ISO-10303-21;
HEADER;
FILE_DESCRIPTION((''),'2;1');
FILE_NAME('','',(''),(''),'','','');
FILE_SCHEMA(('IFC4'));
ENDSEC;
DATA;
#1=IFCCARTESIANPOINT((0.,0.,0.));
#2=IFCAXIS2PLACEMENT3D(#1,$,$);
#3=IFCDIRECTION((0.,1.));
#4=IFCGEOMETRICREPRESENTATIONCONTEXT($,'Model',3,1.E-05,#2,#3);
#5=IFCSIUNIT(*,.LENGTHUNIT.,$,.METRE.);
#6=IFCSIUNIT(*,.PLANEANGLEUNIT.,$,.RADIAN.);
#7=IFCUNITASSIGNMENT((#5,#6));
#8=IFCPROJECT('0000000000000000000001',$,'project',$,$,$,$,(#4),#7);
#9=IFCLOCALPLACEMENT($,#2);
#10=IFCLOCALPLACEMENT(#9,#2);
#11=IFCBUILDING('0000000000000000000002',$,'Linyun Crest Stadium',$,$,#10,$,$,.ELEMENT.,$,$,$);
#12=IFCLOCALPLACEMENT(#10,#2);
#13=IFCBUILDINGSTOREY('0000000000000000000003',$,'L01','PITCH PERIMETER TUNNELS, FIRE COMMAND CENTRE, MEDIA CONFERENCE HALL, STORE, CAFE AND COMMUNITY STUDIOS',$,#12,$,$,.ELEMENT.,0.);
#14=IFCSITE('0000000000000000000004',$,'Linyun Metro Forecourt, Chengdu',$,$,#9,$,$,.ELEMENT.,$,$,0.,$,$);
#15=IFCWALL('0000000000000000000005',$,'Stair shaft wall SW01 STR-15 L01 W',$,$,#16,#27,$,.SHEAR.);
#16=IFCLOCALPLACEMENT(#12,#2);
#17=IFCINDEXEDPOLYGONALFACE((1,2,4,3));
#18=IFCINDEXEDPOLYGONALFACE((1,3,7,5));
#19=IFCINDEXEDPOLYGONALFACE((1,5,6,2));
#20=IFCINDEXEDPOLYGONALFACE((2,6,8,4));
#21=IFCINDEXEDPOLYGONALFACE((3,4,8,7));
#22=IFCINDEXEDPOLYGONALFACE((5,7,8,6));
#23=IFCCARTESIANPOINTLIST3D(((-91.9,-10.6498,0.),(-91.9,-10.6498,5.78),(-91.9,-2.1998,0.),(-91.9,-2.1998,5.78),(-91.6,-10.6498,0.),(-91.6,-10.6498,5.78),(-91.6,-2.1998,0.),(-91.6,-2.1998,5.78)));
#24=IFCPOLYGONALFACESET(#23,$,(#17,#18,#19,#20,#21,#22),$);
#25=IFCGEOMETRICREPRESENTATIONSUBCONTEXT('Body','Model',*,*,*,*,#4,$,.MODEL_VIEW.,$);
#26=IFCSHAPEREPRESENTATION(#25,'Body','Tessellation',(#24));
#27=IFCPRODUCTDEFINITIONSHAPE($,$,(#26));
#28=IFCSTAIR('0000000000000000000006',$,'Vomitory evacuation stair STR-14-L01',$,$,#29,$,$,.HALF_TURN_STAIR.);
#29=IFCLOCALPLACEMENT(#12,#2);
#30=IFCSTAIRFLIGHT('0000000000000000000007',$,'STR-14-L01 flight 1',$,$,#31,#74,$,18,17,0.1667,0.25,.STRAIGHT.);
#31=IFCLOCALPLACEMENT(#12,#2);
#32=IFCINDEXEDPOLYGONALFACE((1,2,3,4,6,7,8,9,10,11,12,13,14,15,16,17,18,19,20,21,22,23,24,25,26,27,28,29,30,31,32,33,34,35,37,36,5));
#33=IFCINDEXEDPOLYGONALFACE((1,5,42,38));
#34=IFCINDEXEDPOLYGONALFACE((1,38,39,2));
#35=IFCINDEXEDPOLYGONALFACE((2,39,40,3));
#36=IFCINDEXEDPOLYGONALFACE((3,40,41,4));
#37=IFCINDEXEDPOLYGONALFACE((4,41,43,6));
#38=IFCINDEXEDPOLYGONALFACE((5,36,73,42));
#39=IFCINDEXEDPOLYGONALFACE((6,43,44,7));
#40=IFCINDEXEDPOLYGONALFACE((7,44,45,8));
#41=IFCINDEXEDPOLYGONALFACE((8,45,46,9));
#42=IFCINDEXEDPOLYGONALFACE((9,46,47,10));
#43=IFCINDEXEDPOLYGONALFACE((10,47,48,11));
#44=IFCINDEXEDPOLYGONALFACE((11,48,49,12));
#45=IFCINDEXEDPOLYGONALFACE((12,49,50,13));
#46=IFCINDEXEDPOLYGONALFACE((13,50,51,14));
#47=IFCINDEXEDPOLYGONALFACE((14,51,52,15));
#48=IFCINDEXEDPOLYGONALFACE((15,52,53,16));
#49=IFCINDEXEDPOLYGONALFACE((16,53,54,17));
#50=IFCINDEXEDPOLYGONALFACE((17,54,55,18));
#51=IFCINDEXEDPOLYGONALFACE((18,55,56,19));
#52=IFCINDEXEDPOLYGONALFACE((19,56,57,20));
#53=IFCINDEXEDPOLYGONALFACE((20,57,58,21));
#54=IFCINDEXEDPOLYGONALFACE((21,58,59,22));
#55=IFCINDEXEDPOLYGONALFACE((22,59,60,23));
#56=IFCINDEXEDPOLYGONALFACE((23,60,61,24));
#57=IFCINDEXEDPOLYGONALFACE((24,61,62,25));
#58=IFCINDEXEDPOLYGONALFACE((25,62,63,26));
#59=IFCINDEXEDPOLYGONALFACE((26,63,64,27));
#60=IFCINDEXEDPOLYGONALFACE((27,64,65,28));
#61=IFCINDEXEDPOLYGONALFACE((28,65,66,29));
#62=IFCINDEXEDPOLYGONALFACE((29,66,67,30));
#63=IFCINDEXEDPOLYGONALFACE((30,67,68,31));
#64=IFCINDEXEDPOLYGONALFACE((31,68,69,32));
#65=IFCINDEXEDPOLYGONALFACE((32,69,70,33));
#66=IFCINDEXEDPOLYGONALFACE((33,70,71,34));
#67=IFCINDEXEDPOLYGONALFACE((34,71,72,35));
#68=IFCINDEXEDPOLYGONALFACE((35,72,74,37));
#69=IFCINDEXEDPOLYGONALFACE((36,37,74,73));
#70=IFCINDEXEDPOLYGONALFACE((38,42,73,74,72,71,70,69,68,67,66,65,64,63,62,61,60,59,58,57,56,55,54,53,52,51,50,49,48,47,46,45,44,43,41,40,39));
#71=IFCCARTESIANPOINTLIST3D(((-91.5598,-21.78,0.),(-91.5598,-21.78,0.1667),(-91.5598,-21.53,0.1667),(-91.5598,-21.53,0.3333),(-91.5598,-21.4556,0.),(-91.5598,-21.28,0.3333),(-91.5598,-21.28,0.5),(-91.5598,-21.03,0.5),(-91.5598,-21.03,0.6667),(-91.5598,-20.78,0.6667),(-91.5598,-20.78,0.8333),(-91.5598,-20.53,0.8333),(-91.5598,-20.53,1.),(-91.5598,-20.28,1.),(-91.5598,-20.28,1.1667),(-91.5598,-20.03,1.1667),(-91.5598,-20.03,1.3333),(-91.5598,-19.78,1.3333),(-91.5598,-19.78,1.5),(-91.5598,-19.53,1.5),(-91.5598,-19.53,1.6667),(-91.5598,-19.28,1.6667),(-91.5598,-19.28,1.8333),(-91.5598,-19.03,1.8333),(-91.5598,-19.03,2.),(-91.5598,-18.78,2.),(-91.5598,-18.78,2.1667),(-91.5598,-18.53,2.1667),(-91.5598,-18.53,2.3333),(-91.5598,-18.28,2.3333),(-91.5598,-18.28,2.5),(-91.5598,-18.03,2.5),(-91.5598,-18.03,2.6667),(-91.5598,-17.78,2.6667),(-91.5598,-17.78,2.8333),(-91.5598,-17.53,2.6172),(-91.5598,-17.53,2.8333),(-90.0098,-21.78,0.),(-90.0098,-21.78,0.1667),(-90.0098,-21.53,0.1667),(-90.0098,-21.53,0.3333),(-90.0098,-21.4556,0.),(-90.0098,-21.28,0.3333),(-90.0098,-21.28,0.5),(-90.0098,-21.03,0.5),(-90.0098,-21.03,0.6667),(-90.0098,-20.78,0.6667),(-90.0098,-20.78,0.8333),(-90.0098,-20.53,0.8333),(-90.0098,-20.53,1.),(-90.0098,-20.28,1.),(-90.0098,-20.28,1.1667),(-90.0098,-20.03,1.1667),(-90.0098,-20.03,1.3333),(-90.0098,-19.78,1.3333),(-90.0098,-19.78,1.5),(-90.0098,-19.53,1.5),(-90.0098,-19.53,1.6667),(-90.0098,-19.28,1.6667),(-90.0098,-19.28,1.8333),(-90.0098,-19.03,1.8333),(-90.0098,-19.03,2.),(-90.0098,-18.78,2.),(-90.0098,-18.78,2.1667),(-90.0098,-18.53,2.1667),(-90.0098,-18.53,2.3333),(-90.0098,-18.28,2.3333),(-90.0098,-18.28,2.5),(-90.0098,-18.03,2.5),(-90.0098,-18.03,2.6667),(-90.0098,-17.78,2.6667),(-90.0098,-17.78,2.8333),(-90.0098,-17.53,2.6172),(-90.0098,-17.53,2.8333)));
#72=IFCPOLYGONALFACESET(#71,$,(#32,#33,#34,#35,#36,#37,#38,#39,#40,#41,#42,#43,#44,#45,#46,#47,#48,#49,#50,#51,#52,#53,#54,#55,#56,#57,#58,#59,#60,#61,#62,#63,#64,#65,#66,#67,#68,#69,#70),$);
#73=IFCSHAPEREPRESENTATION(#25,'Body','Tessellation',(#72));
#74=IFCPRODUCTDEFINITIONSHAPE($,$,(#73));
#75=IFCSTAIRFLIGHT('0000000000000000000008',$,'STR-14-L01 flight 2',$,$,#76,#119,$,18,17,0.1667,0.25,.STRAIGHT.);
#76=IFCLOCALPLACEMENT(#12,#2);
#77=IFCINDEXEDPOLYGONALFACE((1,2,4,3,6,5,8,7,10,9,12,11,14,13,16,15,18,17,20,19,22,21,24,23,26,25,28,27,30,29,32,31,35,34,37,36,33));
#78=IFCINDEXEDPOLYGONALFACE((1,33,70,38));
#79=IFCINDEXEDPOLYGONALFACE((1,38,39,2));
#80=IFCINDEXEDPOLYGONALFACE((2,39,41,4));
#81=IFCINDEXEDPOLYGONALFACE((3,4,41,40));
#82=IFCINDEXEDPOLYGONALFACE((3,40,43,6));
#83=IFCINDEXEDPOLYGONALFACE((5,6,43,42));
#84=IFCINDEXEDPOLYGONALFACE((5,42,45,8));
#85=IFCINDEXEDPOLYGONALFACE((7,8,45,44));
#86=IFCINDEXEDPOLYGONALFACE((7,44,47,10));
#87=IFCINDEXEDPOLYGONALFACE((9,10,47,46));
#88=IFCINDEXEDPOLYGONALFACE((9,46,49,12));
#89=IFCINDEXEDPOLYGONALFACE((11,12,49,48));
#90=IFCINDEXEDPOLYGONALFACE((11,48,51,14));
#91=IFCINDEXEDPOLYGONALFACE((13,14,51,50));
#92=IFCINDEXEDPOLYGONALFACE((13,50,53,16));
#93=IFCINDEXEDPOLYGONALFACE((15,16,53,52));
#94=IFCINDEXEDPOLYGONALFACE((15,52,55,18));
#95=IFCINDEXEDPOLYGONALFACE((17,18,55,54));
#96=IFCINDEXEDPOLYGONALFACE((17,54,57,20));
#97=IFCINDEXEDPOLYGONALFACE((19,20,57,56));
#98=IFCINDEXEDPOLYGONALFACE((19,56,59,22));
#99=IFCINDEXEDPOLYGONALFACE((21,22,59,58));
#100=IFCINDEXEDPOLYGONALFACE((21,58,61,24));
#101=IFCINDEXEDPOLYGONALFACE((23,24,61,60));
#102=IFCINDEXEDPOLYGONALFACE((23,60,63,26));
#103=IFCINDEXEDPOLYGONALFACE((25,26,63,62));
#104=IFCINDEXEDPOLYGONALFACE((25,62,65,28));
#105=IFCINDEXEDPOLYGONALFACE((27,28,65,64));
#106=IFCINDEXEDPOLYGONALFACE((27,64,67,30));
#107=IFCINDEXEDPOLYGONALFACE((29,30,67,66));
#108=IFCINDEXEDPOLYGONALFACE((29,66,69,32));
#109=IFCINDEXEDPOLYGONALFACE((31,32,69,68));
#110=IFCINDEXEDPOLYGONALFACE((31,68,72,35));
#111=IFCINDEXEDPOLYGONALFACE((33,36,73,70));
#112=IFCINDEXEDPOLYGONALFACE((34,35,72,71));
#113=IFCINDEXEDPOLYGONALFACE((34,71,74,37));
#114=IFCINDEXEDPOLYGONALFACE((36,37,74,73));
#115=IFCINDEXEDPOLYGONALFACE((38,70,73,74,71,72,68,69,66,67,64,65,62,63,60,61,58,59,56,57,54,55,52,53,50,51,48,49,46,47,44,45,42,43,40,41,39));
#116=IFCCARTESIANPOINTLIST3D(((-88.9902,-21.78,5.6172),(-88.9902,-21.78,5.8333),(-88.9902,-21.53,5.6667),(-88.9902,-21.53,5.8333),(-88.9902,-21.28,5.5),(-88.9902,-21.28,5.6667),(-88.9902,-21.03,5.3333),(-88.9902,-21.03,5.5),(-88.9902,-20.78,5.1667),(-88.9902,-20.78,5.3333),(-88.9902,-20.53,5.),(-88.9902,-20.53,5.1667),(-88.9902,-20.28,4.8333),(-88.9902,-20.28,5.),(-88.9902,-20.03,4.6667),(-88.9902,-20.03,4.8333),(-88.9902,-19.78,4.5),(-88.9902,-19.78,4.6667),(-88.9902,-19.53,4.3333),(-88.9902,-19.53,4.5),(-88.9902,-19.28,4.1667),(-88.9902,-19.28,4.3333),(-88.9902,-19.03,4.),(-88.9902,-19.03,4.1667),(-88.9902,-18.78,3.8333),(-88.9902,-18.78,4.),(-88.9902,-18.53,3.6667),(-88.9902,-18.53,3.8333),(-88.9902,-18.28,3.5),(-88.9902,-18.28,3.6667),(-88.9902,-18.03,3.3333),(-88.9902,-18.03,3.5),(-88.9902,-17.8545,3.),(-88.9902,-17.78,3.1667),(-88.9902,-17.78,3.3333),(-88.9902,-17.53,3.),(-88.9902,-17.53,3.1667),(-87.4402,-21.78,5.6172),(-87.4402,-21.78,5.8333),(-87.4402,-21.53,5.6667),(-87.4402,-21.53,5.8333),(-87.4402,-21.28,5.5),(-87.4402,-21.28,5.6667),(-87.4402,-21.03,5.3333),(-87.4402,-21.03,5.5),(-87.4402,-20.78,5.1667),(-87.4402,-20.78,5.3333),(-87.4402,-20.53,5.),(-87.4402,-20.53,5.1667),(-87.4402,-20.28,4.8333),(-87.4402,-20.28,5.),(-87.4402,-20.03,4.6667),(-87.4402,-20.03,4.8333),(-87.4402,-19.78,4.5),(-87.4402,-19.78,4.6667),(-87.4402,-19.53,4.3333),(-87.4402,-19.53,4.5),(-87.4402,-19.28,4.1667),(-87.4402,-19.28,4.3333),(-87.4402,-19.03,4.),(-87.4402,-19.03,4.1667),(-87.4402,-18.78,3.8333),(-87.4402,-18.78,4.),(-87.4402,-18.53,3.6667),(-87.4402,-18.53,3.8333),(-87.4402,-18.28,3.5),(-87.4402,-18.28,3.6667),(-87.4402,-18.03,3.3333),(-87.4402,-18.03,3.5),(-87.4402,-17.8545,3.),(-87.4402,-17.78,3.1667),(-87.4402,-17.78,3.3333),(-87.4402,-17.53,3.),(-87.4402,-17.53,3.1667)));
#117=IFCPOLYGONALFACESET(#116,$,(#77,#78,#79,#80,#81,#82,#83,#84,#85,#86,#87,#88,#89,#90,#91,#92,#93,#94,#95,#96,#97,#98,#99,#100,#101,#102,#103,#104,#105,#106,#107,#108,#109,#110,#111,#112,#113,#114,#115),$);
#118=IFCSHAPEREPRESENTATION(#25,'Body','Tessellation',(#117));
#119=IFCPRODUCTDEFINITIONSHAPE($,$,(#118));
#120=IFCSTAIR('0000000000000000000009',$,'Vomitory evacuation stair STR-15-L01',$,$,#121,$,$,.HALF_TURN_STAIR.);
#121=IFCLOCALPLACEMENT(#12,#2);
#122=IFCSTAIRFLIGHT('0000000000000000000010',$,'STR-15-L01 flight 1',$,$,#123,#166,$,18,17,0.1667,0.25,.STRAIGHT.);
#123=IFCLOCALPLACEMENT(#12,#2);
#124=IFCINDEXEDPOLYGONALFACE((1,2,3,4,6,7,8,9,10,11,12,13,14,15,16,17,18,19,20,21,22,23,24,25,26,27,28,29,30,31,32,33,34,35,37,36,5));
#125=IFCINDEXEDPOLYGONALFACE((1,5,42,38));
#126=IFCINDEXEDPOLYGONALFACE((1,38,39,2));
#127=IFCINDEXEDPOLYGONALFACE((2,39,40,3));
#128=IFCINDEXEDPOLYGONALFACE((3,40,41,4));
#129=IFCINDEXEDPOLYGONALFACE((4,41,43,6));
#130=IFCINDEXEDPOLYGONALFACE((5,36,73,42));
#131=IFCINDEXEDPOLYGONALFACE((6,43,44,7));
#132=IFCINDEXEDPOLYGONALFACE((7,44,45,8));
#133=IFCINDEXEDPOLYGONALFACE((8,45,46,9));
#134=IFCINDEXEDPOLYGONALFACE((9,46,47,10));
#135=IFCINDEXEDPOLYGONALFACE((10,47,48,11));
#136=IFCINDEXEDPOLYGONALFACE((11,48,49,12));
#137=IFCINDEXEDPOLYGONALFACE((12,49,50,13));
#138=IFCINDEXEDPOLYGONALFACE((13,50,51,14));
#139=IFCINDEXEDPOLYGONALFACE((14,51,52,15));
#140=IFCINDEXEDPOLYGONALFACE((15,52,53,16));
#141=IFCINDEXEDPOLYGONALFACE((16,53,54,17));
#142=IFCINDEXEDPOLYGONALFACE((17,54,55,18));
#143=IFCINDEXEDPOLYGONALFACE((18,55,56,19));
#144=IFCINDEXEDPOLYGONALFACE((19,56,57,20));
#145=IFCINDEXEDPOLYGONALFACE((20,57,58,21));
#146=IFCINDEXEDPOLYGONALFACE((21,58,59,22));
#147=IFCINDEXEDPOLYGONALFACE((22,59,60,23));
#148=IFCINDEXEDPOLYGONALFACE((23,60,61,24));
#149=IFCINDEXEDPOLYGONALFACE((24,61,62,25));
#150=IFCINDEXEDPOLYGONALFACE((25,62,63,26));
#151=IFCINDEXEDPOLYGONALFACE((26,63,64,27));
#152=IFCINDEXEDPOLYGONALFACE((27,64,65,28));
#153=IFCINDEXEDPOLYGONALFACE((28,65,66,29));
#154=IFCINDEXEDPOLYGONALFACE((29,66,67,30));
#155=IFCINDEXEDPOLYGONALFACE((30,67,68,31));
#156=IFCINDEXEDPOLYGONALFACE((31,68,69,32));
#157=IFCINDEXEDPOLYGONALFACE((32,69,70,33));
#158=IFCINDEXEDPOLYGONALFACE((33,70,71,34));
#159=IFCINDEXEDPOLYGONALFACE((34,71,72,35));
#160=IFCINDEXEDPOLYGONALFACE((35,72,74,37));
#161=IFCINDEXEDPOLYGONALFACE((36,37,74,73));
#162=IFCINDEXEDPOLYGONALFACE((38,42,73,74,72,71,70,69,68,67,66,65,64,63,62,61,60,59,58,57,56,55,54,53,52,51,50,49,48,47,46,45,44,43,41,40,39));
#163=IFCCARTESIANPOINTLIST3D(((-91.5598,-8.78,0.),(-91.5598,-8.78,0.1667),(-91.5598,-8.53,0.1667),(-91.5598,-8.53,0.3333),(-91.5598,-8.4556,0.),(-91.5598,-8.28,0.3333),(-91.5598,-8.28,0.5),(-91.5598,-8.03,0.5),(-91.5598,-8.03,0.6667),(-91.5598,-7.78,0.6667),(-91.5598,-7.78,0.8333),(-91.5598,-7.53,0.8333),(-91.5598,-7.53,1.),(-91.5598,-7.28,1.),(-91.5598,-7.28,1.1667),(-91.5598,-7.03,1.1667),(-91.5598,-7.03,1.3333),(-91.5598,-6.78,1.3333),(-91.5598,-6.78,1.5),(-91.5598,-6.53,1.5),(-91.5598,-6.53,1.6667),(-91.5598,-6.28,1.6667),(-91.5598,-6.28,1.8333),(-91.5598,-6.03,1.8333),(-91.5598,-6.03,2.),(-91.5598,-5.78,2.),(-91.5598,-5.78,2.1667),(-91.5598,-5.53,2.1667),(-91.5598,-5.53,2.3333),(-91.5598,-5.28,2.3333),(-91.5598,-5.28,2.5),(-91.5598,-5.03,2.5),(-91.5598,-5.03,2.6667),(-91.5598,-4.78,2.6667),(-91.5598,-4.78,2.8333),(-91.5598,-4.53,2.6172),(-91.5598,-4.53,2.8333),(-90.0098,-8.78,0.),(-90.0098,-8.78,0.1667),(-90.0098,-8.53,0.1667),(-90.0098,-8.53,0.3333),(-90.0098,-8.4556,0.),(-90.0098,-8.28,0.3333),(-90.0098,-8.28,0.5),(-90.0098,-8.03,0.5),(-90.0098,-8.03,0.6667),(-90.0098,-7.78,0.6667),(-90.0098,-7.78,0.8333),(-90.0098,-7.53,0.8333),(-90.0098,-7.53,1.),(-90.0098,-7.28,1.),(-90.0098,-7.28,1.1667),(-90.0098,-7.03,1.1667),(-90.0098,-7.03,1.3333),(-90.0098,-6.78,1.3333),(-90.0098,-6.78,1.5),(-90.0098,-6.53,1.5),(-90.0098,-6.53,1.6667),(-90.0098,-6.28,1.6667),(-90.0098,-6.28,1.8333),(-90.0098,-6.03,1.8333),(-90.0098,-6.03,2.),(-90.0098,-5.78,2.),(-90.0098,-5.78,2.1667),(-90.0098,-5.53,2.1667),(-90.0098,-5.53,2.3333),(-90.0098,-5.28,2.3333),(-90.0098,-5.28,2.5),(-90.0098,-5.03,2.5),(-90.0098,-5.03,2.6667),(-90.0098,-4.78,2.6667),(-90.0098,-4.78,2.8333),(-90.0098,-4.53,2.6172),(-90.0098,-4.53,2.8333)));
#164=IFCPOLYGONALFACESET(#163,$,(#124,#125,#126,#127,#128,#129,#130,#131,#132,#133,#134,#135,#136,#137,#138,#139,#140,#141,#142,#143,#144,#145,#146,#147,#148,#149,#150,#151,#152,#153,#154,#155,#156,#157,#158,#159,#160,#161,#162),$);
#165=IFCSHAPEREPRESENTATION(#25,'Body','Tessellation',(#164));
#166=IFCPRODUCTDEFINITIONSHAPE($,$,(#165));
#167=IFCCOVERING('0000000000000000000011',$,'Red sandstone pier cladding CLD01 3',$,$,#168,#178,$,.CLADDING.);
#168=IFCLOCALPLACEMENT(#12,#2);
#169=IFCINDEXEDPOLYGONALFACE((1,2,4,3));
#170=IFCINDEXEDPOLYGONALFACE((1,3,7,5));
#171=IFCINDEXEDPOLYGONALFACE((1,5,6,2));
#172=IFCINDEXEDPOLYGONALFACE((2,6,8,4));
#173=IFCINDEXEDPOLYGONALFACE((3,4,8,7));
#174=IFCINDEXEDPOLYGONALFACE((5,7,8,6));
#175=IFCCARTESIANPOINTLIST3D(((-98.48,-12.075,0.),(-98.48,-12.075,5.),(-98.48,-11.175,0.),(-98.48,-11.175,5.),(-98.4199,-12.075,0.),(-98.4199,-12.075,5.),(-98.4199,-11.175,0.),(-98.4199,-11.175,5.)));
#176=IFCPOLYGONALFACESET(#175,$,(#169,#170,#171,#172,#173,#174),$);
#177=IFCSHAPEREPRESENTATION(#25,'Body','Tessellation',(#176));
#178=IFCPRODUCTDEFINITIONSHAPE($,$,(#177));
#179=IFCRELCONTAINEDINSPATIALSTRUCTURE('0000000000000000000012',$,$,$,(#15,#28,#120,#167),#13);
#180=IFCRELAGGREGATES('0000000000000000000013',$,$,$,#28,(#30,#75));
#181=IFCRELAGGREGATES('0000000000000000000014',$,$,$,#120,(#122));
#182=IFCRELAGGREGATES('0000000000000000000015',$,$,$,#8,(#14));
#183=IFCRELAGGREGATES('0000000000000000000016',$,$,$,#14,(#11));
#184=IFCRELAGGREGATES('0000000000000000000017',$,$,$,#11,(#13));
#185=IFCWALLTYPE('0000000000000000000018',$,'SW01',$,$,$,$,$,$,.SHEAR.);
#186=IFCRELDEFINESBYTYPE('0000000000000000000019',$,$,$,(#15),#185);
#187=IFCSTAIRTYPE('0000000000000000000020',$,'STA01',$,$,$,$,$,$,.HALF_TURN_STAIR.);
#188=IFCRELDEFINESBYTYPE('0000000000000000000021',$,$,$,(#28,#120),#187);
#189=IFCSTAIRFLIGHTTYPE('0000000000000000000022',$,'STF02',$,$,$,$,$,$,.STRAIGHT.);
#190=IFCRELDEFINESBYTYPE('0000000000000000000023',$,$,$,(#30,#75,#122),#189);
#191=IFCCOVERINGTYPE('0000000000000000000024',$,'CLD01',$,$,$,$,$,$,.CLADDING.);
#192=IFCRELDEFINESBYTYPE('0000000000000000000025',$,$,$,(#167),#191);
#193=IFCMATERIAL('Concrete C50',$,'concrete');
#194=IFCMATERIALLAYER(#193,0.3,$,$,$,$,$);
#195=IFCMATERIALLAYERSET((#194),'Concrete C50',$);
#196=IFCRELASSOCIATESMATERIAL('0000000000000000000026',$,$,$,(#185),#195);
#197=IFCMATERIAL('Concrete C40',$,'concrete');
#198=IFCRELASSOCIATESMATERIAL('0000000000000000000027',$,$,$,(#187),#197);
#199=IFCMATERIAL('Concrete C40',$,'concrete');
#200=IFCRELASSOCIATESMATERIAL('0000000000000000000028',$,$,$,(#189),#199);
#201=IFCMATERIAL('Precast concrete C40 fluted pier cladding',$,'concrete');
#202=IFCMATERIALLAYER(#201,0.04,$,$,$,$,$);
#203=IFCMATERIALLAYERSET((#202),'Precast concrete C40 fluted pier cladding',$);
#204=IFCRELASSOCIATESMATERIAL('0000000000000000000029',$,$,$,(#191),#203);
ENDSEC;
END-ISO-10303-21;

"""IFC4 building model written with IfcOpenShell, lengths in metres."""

from ifc_helpers import new_model, si_unit, direction, frame, frame_2d, origin, origin_2d, place, context, subcontext, project, spatial, polyline, rectangle, outline, extrude, material, layer, layer_set, type_object, element, aggregate, save


model = new_model("IFC4")

# Units and contexts
model_context = context("Model", 3, precision=1e-05, world=origin(), true_north=direction((0.0, 1.0)))
body_context = subcontext(model_context, "Body", "Model", "MODEL_VIEW")
ifc_project = project(units=[si_unit("LENGTHUNIT", "METRE"), si_unit("PLANEANGLEUNIT", "RADIAN")], contexts=[model_context])

# Site, building, storey
site_placement = place(None, origin())
site = spatial("IfcSite", under=ifc_project, at=site_placement, Name="Linyun Metro Forecourt, Chengdu", CompositionType="ELEMENT", RefElevation=0.0)
building_placement = place(site_placement, origin())
building = spatial("IfcBuilding", under=site, at=building_placement, Name="Linyun Crest Stadium", CompositionType="ELEMENT")
storey_placement = place(building_placement, origin())
storey = spatial("IfcBuildingStorey", under=building, at=storey_placement, Name="L01", Description="PITCH PERIMETER TUNNELS, FIRE COMMAND CENTRE, MEDIA CONFERENCE HALL, STORE, CAFE AND COMMUNITY STUDIOS", CompositionType="ELEMENT", Elevation=0.0)

# Shared definitions
ifc_material_1 = material(Name="Concrete C50", Category="concrete")
ifc_layer_1 = layer(ifc_material_1, 0.3)
ifc_layer_set_1 = layer_set([ifc_layer_1], Name="Concrete C50")
wall_type_1 = type_object("IfcWallType", Name="SW01", PredefinedType="SHEAR", material=ifc_layer_set_1)

# Wall
wall_1_placement = place(storey_placement, frame((-91.75, -10.6499, 0.0), z_axis=(0.0, 0.0, 1.0), x_axis=(0.0, 1.0, 0.0)))
element("IfcWall", 1, at=wall_1_placement, inside=storey, type_object=wall_type_1, Name="Stair shaft wall SW01 STR-15 L01 W", PredefinedType="SHEAR", context=body_context, shape_type="SweptSolid", body=[
    extrude(rectangle(XDim=8.45, YDim=0.3, at=frame_2d((4.2251, 0.0))), origin(), (0.0, 0.0, 1.0), 5.78),
])

# Stair, stair flights
ifc_material_2 = material(Name="Concrete C40", Category="concrete")
stair_type = type_object("IfcStairType", Name="STA01", PredefinedType="HALF_TURN_STAIR", material=ifc_material_2)
stair_1_placement = place(storey_placement, origin())
stair_1 = element("IfcStair", 2, at=stair_1_placement, inside=storey, type_object=stair_type, Name="Vomitory evacuation stair STR-14-L01", PredefinedType="HALF_TURN_STAIR")
ifc_material_3 = material(Name="Concrete C40", Category="concrete")
stair_flight_type = type_object("IfcStairFlightType", Name="STF02", PredefinedType="STRAIGHT", material=ifc_material_3)
stair_flight_1_placement = place(storey_placement, frame((-90.7849, -21.78, 0.0), z_axis=(0.0, 0.0, 1.0), x_axis=(0.0, 1.0, 0.0)))
stair_flight_1 = element("IfcStairFlight", 3, at=stair_flight_1_placement, type_object=stair_flight_type, Name="STR-14-L01 flight 1", NumberOfRisers=18, NumberOfTreads=17, PredefinedType="STRAIGHT", RiserHeight=0.1667, TreadLength=0.25, context=body_context, shape_type="SweptSolid", body=[
    extrude(outline(polyline([(0.0, 0.0), (0.0, 0.1667), (0.25, 0.1667), (0.25, 0.3333), (0.5, 0.3333), (0.5, 0.5), (0.75, 0.5), (0.75, 0.6667), (1.0, 0.6667), (1.0, 0.8333), (1.25, 0.8333), (1.25, 1.0), (1.5, 1.0), (1.5, 1.1667), (1.75, 1.1667), (1.75, 1.3333), (2.0, 1.3333), (2.0, 1.5), (2.25, 1.5), (2.25, 1.6667), (2.5, 1.6667), (2.5, 1.8333), (2.75, 1.8333), (2.75, 2.0), (3.0, 2.0), (3.0, 2.1667), (3.25, 2.1667), (3.25, 2.3333), (3.5, 2.3333), (3.5, 2.5), (3.75, 2.5), (3.75, 2.6667), (4.0, 2.6667), (4.0, 2.8333), (4.25, 2.8333), (4.25, 3.0), (4.25, 2.6172), (0.3245, 0.0), (0.0, 0.0)])), frame((0.0, 0.7749, 0.0), z_axis=(0.0, -1.0, 0.0), x_axis=(1.0, 0.0, 0.0)), (0.0, 0.0, 1.0), 1.55),
])
stair_flight_2_placement = place(storey_placement, frame((-88.2151, -17.53, 3.0), z_axis=(0.0, 0.0, 1.0), x_axis=(0.0, -1.0, 0.0)))
stair_flight_2 = element("IfcStairFlight", 4, at=stair_flight_2_placement, type_object=stair_flight_type, Name="STR-14-L01 flight 2", NumberOfRisers=18, NumberOfTreads=17, PredefinedType="STRAIGHT", RiserHeight=0.1667, TreadLength=0.25, context=body_context, shape_type="SweptSolid", body=[
    extrude(outline(polyline([(0.0, 0.0), (0.0, 0.1667), (0.25, 0.1667), (0.25, 0.3333), (0.5, 0.3333), (0.5, 0.5), (0.75, 0.5), (0.75, 0.6667), (1.0, 0.6667), (1.0, 0.8333), (1.25, 0.8333), (1.25, 1.0), (1.5, 1.0), (1.5, 1.1667), (1.75, 1.1667), (1.75, 1.3333), (2.0, 1.3333), (2.0, 1.5), (2.25, 1.5), (2.25, 1.6667), (2.5, 1.6667), (2.5, 1.8333), (2.75, 1.8333), (2.75, 2.0), (3.0, 2.0), (3.0, 2.1667), (3.25, 2.1667), (3.25, 2.3333), (3.5, 2.3333), (3.5, 2.5), (3.75, 2.5), (3.75, 2.6667), (4.0, 2.6667), (4.0, 2.8333), (4.25, 2.8333), (4.25, 3.0), (4.25, 2.6172), (0.3245, 0.0), (0.0, 0.0)])), frame((0.0, 0.7749, 0.0), z_axis=(0.0, -1.0, 0.0), x_axis=(1.0, 0.0, 0.0)), (0.0, 0.0, 1.0), 1.55),
])
aggregate(stair_1, [stair_flight_1, stair_flight_2])

# Stair, stair flight
stair_2_placement = place(storey_placement, origin())
stair_2 = element("IfcStair", 5, at=stair_2_placement, inside=storey, type_object=stair_type, Name="Vomitory evacuation stair STR-15-L01", PredefinedType="HALF_TURN_STAIR")
stair_flight_3_placement = place(storey_placement, frame((-90.7849, -8.78, 0.0), z_axis=(0.0, 0.0, 1.0), x_axis=(0.0, 1.0, 0.0)))
stair_flight_3 = element("IfcStairFlight", 6, at=stair_flight_3_placement, type_object=stair_flight_type, Name="STR-15-L01 flight 1", NumberOfRisers=18, NumberOfTreads=17, PredefinedType="STRAIGHT", RiserHeight=0.1667, TreadLength=0.25, context=body_context, shape_type="SweptSolid", body=[
    extrude(outline(polyline([(0.0, 0.0), (0.0, 0.1667), (0.25, 0.1667), (0.25, 0.3333), (0.5, 0.3333), (0.5, 0.5), (0.75, 0.5), (0.75, 0.6667), (1.0, 0.6667), (1.0, 0.8333), (1.25, 0.8333), (1.25, 1.0), (1.5, 1.0), (1.5, 1.1667), (1.75, 1.1667), (1.75, 1.3333), (2.0, 1.3333), (2.0, 1.5), (2.25, 1.5), (2.25, 1.6667), (2.5, 1.6667), (2.5, 1.8333), (2.75, 1.8333), (2.75, 2.0), (3.0, 2.0), (3.0, 2.1667), (3.25, 2.1667), (3.25, 2.3333), (3.5, 2.3333), (3.5, 2.5), (3.75, 2.5), (3.75, 2.6667), (4.0, 2.6667), (4.0, 2.8333), (4.25, 2.8333), (4.25, 3.0), (4.25, 2.6172), (0.3245, 0.0), (0.0, 0.0)])), frame((0.0, 0.7749, 0.0), z_axis=(0.0, -1.0, 0.0), x_axis=(1.0, 0.0, 0.0)), (0.0, 0.0, 1.0), 1.55),
])
aggregate(stair_2, [stair_flight_3])

# Covering
ifc_material_4 = material(Name="Precast concrete C40 fluted pier cladding", Category="concrete")
ifc_layer_2 = layer(ifc_material_4, 0.04)
ifc_layer_set_2 = layer_set([ifc_layer_2], Name="Precast concrete C40 fluted pier cladding")
covering_type = type_object("IfcCoveringType", Name="CLD01", PredefinedType="CLADDING", material=ifc_layer_set_2)
covering_placement = place(storey_placement, frame((-98.45, -11.625, 0.0), z_axis=(0.0, 0.0, 1.0), x_axis=(1.0, 0.0, 0.0)))
element("IfcCovering", 7, at=covering_placement, inside=storey, type_object=covering_type, Name="Red sandstone pier cladding CLD01 3", PredefinedType="CLADDING", context=body_context, shape_type="SweptSolid", body=[
    extrude(rectangle(XDim=0.0601, YDim=0.8999, at=origin_2d()), origin(), (0.0, 0.0, 1.0), 5.0),
])

save(model, "model.ifc")
